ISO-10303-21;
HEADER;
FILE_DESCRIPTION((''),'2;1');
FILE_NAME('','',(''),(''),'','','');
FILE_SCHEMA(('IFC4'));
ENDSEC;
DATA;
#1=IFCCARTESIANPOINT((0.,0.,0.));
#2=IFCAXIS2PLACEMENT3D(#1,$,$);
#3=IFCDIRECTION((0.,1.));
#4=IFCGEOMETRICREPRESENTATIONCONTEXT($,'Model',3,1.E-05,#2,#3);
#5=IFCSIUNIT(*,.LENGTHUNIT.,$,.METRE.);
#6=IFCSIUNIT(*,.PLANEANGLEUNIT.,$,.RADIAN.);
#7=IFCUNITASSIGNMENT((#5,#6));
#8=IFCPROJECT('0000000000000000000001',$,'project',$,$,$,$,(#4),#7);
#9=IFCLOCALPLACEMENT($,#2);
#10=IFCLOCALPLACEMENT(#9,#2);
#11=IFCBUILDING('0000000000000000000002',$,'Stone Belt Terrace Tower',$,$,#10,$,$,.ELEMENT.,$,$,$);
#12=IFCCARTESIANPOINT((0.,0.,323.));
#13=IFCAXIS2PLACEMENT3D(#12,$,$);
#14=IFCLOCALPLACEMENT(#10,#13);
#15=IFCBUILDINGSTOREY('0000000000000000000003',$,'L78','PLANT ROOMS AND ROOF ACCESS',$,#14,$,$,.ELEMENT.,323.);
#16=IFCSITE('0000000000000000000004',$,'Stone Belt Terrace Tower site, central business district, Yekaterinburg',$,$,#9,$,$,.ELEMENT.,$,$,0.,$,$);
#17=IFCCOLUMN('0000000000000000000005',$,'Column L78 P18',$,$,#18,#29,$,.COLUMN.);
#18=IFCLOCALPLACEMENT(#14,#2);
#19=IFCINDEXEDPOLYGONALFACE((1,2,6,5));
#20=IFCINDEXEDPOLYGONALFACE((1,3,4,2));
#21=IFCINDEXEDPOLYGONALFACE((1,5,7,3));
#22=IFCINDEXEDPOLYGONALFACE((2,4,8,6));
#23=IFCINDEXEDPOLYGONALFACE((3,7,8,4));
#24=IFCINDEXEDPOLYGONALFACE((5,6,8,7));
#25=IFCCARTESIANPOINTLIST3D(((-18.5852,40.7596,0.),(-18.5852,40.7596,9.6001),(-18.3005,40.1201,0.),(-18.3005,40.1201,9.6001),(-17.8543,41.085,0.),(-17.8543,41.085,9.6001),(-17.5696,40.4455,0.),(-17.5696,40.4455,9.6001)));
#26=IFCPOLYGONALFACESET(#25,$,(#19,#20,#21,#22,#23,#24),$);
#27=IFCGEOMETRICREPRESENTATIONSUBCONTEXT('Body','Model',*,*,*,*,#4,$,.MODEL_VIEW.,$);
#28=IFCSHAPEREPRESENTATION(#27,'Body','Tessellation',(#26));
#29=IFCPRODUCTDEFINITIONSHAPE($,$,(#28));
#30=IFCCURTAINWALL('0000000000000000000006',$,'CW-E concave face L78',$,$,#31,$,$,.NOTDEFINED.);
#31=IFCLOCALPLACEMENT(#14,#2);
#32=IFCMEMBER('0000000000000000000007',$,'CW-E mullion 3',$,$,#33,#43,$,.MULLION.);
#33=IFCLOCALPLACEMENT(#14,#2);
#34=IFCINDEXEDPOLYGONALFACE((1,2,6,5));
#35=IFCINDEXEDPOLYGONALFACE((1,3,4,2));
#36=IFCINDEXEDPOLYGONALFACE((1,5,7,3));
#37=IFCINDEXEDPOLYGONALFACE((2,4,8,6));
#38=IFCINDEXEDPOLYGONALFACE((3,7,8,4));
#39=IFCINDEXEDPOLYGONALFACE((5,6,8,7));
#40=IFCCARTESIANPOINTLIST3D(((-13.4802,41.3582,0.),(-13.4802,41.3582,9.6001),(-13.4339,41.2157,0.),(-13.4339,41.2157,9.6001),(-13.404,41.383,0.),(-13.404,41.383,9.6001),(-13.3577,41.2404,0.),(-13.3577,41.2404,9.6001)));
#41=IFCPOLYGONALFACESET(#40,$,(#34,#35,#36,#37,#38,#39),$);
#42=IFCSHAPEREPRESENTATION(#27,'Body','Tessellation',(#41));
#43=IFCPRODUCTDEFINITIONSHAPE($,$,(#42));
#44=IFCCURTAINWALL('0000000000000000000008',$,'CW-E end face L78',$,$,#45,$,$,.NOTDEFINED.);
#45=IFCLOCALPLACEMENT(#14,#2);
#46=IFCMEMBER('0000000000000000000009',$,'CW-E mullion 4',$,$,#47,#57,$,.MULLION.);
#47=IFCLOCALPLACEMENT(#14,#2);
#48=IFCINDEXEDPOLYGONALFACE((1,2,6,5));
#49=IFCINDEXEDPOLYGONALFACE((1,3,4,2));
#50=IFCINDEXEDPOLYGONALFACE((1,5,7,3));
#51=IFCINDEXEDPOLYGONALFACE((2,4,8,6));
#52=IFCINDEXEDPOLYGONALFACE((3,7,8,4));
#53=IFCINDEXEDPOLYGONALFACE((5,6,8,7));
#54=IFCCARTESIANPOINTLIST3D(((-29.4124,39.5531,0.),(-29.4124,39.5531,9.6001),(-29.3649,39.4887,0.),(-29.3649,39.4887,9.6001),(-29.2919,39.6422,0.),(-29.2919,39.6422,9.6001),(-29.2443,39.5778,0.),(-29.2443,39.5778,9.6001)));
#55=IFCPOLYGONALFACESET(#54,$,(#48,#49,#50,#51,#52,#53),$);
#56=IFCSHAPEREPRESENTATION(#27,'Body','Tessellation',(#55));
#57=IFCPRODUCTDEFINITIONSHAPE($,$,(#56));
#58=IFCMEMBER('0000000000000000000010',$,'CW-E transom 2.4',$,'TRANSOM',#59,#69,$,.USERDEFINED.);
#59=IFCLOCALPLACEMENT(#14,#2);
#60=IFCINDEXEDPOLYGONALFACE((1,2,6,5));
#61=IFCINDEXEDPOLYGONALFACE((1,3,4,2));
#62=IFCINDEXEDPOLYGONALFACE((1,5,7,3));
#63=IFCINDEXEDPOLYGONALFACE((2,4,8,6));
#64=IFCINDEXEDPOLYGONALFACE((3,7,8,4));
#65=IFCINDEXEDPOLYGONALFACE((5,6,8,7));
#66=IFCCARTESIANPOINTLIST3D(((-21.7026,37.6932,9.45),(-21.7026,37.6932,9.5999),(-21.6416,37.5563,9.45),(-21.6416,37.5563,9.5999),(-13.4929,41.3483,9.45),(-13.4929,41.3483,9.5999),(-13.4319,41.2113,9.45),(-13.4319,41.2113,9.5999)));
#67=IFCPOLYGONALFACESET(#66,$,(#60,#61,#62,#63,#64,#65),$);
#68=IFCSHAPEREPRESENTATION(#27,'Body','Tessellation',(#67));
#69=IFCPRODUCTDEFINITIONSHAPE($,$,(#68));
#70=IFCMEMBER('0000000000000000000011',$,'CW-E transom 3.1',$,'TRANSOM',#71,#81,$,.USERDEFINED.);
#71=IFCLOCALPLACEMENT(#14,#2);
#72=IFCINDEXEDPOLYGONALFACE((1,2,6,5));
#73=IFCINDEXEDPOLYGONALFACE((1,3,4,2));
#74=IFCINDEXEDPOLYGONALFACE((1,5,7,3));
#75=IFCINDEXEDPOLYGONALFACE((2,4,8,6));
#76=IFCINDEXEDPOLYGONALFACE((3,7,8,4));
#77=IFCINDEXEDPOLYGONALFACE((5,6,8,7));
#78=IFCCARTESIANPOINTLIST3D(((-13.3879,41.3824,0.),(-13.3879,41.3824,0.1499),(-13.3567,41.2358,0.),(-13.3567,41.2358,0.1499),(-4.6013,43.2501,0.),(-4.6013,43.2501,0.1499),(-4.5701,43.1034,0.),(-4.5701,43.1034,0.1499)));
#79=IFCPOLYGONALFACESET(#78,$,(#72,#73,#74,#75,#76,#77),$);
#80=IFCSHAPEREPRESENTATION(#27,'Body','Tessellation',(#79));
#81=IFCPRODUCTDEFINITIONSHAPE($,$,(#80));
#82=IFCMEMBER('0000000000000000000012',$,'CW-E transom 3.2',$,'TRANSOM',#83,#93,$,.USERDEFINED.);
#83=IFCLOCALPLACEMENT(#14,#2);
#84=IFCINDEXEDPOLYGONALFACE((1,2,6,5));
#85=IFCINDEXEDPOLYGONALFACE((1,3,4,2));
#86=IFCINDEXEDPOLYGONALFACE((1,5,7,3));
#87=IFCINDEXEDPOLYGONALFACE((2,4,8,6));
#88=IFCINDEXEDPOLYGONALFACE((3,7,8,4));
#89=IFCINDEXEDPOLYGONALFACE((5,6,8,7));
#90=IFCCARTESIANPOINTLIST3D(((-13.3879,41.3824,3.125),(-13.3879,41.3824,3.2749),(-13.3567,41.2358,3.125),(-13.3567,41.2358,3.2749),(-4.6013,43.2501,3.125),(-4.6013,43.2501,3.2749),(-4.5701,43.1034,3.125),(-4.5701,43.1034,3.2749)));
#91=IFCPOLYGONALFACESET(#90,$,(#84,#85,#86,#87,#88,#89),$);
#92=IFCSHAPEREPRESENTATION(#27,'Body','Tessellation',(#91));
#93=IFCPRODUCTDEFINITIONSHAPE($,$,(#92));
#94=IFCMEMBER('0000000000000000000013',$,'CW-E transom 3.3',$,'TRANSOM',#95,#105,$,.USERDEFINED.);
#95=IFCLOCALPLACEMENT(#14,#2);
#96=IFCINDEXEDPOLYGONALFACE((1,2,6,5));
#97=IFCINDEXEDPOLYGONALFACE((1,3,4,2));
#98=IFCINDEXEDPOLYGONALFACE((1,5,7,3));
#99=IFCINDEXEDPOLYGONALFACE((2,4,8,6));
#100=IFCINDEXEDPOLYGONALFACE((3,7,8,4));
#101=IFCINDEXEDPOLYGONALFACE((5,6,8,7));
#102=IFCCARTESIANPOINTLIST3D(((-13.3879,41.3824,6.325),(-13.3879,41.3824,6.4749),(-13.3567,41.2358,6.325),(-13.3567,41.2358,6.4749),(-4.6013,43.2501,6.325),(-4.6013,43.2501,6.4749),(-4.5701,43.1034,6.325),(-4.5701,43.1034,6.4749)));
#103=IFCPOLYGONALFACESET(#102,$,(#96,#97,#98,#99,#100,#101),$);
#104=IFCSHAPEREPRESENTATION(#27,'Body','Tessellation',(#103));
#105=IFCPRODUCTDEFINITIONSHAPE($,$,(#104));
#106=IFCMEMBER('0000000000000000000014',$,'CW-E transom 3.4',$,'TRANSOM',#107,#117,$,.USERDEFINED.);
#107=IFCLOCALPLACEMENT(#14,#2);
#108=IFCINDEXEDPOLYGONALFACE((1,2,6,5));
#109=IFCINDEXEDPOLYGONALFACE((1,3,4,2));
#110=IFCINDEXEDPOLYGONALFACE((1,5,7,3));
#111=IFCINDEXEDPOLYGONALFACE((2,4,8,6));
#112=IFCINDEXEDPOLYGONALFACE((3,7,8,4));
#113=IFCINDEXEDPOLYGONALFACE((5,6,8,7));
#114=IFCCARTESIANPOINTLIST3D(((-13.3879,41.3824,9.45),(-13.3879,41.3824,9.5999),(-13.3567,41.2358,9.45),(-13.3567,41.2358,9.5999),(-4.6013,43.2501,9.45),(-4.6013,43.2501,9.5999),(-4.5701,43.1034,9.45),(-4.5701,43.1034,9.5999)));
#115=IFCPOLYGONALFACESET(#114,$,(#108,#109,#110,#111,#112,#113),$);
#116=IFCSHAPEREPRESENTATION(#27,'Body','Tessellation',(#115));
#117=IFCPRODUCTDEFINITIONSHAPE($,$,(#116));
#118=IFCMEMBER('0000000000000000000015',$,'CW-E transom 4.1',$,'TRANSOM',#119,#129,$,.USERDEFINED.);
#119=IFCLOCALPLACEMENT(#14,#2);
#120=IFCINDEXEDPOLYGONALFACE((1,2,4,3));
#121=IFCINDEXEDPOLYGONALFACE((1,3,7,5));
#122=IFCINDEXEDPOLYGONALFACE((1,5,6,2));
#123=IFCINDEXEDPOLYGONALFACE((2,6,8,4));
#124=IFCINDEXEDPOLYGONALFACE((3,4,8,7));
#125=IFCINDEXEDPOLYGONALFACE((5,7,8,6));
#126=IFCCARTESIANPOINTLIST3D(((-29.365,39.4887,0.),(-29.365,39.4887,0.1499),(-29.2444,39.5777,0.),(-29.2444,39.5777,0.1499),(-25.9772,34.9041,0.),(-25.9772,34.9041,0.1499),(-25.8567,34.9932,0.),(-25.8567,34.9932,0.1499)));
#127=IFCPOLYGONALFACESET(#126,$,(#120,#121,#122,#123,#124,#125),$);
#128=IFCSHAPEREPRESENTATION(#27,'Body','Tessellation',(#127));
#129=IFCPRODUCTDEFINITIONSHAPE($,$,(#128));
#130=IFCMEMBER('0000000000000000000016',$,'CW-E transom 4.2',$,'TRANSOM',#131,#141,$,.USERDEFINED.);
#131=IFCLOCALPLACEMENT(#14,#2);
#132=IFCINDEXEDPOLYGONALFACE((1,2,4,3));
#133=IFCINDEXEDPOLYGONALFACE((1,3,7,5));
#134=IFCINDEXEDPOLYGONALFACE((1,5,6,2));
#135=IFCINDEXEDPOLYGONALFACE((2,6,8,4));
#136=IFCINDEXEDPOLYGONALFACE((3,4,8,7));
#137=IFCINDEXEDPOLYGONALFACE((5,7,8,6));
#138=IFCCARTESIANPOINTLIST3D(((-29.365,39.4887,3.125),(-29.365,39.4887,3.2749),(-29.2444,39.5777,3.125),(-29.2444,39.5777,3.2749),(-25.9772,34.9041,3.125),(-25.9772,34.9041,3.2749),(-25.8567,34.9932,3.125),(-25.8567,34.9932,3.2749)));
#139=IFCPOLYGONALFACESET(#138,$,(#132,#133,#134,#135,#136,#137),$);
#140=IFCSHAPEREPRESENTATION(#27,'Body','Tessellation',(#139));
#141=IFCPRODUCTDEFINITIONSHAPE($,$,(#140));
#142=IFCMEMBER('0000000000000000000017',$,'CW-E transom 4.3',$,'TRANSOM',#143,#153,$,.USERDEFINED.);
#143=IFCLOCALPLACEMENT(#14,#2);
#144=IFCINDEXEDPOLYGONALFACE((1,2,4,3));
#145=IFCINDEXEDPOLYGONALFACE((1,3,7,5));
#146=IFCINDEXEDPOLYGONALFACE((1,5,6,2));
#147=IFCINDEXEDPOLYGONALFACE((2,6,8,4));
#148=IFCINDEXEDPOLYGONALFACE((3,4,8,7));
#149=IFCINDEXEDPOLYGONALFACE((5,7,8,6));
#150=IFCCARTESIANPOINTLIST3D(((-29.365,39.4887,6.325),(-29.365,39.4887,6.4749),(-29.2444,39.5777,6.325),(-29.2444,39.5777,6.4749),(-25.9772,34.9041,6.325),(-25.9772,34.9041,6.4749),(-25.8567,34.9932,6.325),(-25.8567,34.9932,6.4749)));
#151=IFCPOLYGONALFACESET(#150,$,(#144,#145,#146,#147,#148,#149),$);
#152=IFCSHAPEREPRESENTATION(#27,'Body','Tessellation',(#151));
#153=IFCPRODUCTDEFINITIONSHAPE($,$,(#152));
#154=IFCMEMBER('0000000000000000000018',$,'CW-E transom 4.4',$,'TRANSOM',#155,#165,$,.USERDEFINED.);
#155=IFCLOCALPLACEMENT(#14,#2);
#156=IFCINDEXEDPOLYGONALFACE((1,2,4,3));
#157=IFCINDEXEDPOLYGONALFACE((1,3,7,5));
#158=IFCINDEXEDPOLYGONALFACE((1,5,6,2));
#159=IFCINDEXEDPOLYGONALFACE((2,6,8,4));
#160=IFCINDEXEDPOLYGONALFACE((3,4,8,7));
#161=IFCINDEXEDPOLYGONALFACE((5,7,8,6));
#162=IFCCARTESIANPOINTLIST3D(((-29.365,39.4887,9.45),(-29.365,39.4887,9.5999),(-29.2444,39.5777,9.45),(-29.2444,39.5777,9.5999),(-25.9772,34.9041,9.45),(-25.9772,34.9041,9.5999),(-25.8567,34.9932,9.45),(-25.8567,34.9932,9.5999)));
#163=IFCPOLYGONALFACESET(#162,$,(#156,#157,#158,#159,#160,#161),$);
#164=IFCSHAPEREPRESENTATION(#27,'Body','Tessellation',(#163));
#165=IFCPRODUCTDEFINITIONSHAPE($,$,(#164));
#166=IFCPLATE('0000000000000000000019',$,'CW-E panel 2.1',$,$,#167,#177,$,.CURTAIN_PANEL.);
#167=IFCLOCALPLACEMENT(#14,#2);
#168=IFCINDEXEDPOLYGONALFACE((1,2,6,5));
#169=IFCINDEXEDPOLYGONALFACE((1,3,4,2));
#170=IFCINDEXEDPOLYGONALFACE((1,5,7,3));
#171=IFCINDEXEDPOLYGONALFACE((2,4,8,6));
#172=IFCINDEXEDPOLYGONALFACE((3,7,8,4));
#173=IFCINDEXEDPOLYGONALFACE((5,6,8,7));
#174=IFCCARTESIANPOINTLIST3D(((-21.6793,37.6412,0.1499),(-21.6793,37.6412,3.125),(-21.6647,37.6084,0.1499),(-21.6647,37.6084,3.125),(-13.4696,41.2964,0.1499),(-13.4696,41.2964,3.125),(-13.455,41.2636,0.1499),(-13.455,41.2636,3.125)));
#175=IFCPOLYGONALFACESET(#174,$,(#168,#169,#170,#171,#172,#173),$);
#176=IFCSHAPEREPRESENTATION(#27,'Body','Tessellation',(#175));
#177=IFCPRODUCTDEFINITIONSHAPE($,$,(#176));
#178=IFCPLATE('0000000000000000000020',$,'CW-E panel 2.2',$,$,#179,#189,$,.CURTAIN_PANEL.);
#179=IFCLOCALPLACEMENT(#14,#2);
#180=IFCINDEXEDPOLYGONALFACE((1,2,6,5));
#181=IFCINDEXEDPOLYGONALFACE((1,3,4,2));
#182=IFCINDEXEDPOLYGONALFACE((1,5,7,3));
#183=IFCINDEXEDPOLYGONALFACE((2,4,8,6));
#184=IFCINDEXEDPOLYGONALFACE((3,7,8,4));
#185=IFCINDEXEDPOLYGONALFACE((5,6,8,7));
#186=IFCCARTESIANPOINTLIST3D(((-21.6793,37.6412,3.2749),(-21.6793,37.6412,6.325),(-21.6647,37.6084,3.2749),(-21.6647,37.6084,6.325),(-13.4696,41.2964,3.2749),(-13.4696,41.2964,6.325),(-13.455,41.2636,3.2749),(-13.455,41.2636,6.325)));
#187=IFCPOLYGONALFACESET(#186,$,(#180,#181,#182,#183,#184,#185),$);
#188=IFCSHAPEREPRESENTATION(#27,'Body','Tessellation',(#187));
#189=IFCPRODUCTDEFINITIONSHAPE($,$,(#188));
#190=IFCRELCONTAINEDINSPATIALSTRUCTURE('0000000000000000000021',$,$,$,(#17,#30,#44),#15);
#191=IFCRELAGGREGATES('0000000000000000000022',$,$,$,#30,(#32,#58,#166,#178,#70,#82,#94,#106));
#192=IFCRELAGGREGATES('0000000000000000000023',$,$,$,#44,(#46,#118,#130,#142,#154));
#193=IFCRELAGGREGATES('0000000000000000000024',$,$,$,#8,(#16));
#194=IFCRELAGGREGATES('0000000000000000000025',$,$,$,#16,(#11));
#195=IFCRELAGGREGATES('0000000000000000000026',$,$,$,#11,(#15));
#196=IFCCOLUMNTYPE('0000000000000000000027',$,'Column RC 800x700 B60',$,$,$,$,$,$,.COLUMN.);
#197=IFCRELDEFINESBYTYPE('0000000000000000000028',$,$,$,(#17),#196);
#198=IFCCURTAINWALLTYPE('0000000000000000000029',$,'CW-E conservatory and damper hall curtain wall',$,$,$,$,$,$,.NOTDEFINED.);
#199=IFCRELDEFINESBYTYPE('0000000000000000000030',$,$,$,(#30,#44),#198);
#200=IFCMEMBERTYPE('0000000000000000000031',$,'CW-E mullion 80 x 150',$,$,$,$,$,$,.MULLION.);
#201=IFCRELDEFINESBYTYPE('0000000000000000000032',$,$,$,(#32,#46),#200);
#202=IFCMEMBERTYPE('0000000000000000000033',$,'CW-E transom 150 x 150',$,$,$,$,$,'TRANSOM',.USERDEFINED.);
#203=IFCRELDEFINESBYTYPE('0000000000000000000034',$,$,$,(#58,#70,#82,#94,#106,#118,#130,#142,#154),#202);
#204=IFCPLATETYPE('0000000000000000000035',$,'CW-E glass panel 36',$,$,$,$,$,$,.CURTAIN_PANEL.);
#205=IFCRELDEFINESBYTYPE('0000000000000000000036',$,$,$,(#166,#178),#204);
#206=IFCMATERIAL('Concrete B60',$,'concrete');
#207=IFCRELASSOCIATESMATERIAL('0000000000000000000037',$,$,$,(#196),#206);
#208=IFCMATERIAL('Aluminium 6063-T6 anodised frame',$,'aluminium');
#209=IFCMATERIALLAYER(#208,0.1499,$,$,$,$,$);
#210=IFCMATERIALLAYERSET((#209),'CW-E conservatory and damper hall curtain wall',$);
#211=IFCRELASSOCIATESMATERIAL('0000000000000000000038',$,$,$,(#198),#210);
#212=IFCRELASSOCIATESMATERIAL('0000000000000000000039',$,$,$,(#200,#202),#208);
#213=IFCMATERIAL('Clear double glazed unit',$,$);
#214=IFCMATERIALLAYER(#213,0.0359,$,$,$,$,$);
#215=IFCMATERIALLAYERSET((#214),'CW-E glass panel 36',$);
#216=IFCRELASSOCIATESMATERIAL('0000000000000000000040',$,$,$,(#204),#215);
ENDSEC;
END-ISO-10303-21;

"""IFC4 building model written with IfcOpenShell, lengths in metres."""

from ifc_helpers import new_model, si_unit, direction, frame, origin, origin_2d, place, context, subcontext, project, spatial, rectangle, extrude, material, layer, layer_set, material_profile, profile_set, type_object, element, aggregate, save


model = new_model("IFC4")

# Units and contexts
model_context = context("Model", 3, precision=1e-05, world=origin(), true_north=direction((0.0, 1.0)))
body_context = subcontext(model_context, "Body", "Model", "MODEL_VIEW")
ifc_project = project(units=[si_unit("LENGTHUNIT", "METRE"), si_unit("PLANEANGLEUNIT", "RADIAN")], contexts=[model_context])

# Site, building, storey
site_placement = place(None, origin())
site = spatial("IfcSite", under=ifc_project, at=site_placement, Name="Stone Belt Terrace Tower site, central business district, Yekaterinburg", CompositionType="ELEMENT", RefElevation=0.0)
building_placement = place(site_placement, origin())
building = spatial("IfcBuilding", under=site, at=building_placement, Name="Stone Belt Terrace Tower", CompositionType="ELEMENT")
storey_placement = place(building_placement, frame((0.0, 0.0, 323.0)))
storey = spatial("IfcBuildingStorey", under=building, at=storey_placement, Name="L78", Description="PLANT ROOMS AND ROOF ACCESS", CompositionType="ELEMENT", Elevation=323.0)

# Column
ifc_material_1 = material(Name="Concrete B60", Category="concrete")
ifc_material_profile_1 = material_profile(ifc_material_1, rectangle(XDim=0.8, YDim=0.7, at=origin_2d()), Name="RC 800x700")
ifc_profile_set_1 = profile_set([ifc_material_profile_1], Name="Concrete B60")
column_type = type_object("IfcColumnType", Name="Column RC 800x700 B60", PredefinedType="COLUMN", material=ifc_profile_set_1)
column_placement = place(storey_placement, frame((-18.0774, 40.6025, 0.0), z_axis=(0.0, 0.0, 1.0), x_axis=(0.913545, 0.406737, 0.0)))
element("IfcColumn", 1, at=column_placement, inside=storey, type_object=column_type, Name="Column L78 P18", PredefinedType="COLUMN", context=body_context, shape_type="SweptSolid", body=[
    extrude(rectangle(XDim=0.8, YDim=0.7, at=origin_2d()), origin(), (0.0, 0.0, 1.0), 9.6001),
])

# Curtain walls, members
ifc_material_2 = material(Name="Aluminium 6063-T6 anodised frame", Category="aluminium")
ifc_layer_1 = layer(ifc_material_2, 0.1499)
ifc_layer_set_1 = layer_set([ifc_layer_1], Name="CW-E conservatory and damper hall curtain wall")
curtain_wall_type = type_object("IfcCurtainWallType", Name="CW-E conservatory and damper hall curtain wall", PredefinedType="NOTDEFINED", material=ifc_layer_set_1)
curtain_wall_1_placement = place(storey_placement, origin())
curtain_wall_1 = element("IfcCurtainWall", 2, at=curtain_wall_1_placement, inside=storey, type_object=curtain_wall_type, Name="CW-E concave face L78", PredefinedType="NOTDEFINED")
ifc_material_profile_2 = material_profile(ifc_material_2, rectangle(XDim=0.1499, YDim=0.0801, at=origin_2d()), Name="Aluminium 6063-T6 80x150")
ifc_profile_set_2 = profile_set([ifc_material_profile_2], Name="Aluminium 6063-T6 anodised frame")
member_type_1 = type_object("IfcMemberType", Name="CW-E mullion 80 x 150", PredefinedType="MULLION", material=ifc_profile_set_2)
member_1_placement = place(storey_placement, frame((-13.4189, 41.2993, 0.0), z_axis=(0.0, 0.0, 1.0), x_axis=(-0.309017, 0.951057, 0.0)))
member_1 = element("IfcMember", 3, at=member_1_placement, type_object=member_type_1, Name="CW-E mullion 3", PredefinedType="MULLION", context=body_context, shape_type="SweptSolid", body=[
    extrude(rectangle(XDim=0.1499, YDim=0.0801, at=origin_2d()), origin(), (0.0, 0.0, 1.0), 9.6001),
])
curtain_wall_2_placement = place(storey_placement, origin())
curtain_wall_2 = element("IfcCurtainWall", 4, at=curtain_wall_2_placement, inside=storey, type_object=curtain_wall_type, Name="CW-E end face L78", PredefinedType="NOTDEFINED")
member_2_placement = place(storey_placement, frame((-29.3284, 39.5654, 0.0), z_axis=(0.0, 0.0, 1.0), x_axis=(0.804262, 0.594275, 0.0)))
member_2 = element("IfcMember", 5, at=member_2_placement, type_object=member_type_1, Name="CW-E mullion 4", PredefinedType="MULLION", context=body_context, shape_type="SweptSolid", body=[
    extrude(rectangle(XDim=0.1499, YDim=0.0801, at=origin_2d()), origin(), (0.0, 0.0, 1.0), 9.6001),
])

# Members
ifc_material_profile_3 = material_profile(ifc_material_2, rectangle(XDim=0.1499, YDim=0.1499, at=origin_2d()), Name="Aluminium 6063-T6 150x150")
ifc_profile_set_3 = profile_set([ifc_material_profile_3], Name="Aluminium 6063-T6 anodised frame")
member_type_2 = type_object("IfcMemberType", Name="CW-E transom 150 x 150", ElementType="TRANSOM", PredefinedType="USERDEFINED", material=ifc_profile_set_3)
member_3_placement = place(storey_placement, frame((-21.6721, 37.6248, 9.5249), z_axis=(0.913553, 0.406721, 0.0), x_axis=(-0.406721, 0.913553, 0.0)))
member_3 = element("IfcMember", 6, at=member_3_placement, type_object=member_type_2, Name="CW-E transom 2.4", ObjectType="TRANSOM", PredefinedType="USERDEFINED", context=body_context, shape_type="SweptSolid", body=[
    extrude(rectangle(XDim=0.1499, YDim=0.1499, at=origin_2d()), origin(), (0.0, 0.0, 1.0), 8.9866),
])
member_4_placement = place(storey_placement, frame((-13.3723, 41.3091, 0.075), z_axis=(0.978147, 0.207914, 0.0), x_axis=(-0.207914, 0.978147, 0.0)))
member_4 = element("IfcMember", 7, at=member_4_placement, type_object=member_type_2, Name="CW-E transom 3.1", ObjectType="TRANSOM", PredefinedType="USERDEFINED", context=body_context, shape_type="SweptSolid", body=[
    extrude(rectangle(XDim=0.1499, YDim=0.1499, at=origin_2d()), origin(), (0.0, 0.0, 1.0), 8.9829),
])
member_5_placement = place(storey_placement, frame((-13.3723, 41.3091, 3.2), z_axis=(0.978147, 0.207914, 0.0), x_axis=(-0.207914, 0.978147, 0.0)))
member_5 = element("IfcMember", 8, at=member_5_placement, type_object=member_type_2, Name="CW-E transom 3.2", ObjectType="TRANSOM", PredefinedType="USERDEFINED", context=body_context, shape_type="SweptSolid", body=[
    extrude(rectangle(XDim=0.1499, YDim=0.1499, at=origin_2d()), origin(), (0.0, 0.0, 1.0), 8.9829),
])
member_6_placement = place(storey_placement, frame((-13.3723, 41.3091, 6.3999), z_axis=(0.978147, 0.207914, 0.0), x_axis=(-0.207914, 0.978147, 0.0)))
member_6 = element("IfcMember", 9, at=member_6_placement, type_object=member_type_2, Name="CW-E transom 3.3", ObjectType="TRANSOM", PredefinedType="USERDEFINED", context=body_context, shape_type="SweptSolid", body=[
    extrude(rectangle(XDim=0.1499, YDim=0.1499, at=origin_2d()), origin(), (0.0, 0.0, 1.0), 8.9829),
])
member_7_placement = place(storey_placement, frame((-13.3723, 41.3091, 9.5249), z_axis=(0.978147, 0.207914, 0.0), x_axis=(-0.207914, 0.978147, 0.0)))
member_7 = element("IfcMember", 10, at=member_7_placement, type_object=member_type_2, Name="CW-E transom 3.4", ObjectType="TRANSOM", PredefinedType="USERDEFINED", context=body_context, shape_type="SweptSolid", body=[
    extrude(rectangle(XDim=0.1499, YDim=0.1499, at=origin_2d()), origin(), (0.0, 0.0, 1.0), 8.9829),
])
member_8_placement = place(storey_placement, frame((-29.3047, 39.5332, 0.075), z_axis=(0.594297, -0.804246, 0.0), x_axis=(0.804246, 0.594297, 0.0)))
member_8 = element("IfcMember", 11, at=member_8_placement, type_object=member_type_2, Name="CW-E transom 4.1", ObjectType="TRANSOM", PredefinedType="USERDEFINED", context=body_context, shape_type="SweptSolid", body=[
    extrude(rectangle(XDim=0.1499, YDim=0.1499, at=origin_2d()), origin(), (0.0, 0.0, 1.0), 5.7004),
])
member_9_placement = place(storey_placement, frame((-29.3047, 39.5332, 3.2), z_axis=(0.594297, -0.804246, 0.0), x_axis=(0.804246, 0.594297, 0.0)))
member_9 = element("IfcMember", 12, at=member_9_placement, type_object=member_type_2, Name="CW-E transom 4.2", ObjectType="TRANSOM", PredefinedType="USERDEFINED", context=body_context, shape_type="SweptSolid", body=[
    extrude(rectangle(XDim=0.1499, YDim=0.1499, at=origin_2d()), origin(), (0.0, 0.0, 1.0), 5.7004),
])
member_10_placement = place(storey_placement, frame((-29.3047, 39.5332, 6.3999), z_axis=(0.594297, -0.804246, 0.0), x_axis=(0.804246, 0.594297, 0.0)))
member_10 = element("IfcMember", 13, at=member_10_placement, type_object=member_type_2, Name="CW-E transom 4.3", ObjectType="TRANSOM", PredefinedType="USERDEFINED", context=body_context, shape_type="SweptSolid", body=[
    extrude(rectangle(XDim=0.1499, YDim=0.1499, at=origin_2d()), origin(), (0.0, 0.0, 1.0), 5.7004),
])
member_11_placement = place(storey_placement, frame((-29.3047, 39.5332, 9.5249), z_axis=(0.594297, -0.804246, 0.0), x_axis=(0.804246, 0.594297, 0.0)))
member_11 = element("IfcMember", 14, at=member_11_placement, type_object=member_type_2, Name="CW-E transom 4.4", ObjectType="TRANSOM", PredefinedType="USERDEFINED", context=body_context, shape_type="SweptSolid", body=[
    extrude(rectangle(XDim=0.1499, YDim=0.1499, at=origin_2d()), origin(), (0.0, 0.0, 1.0), 5.7004),
])

# Plates
ifc_material_3 = material(Name="Clear double glazed unit")
ifc_layer_2 = layer(ifc_material_3, 0.0359)
ifc_layer_set_2 = layer_set([ifc_layer_2], Name="CW-E glass panel 36")
plate_type = type_object("IfcPlateType", Name="CW-E glass panel 36", PredefinedType="CURTAIN_PANEL", material=ifc_layer_set_2)
plate_1_placement = place(storey_placement, frame((-17.5671, 39.4524, 0.1499), z_axis=(0.0, 0.0, 1.0), x_axis=(0.913545, 0.406737, 0.0)))
plate_1 = element("IfcPlate", 15, at=plate_1_placement, type_object=plate_type, Name="CW-E panel 2.1", PredefinedType="CURTAIN_PANEL", context=body_context, shape_type="SweptSolid", body=[
    extrude(rectangle(XDim=8.9866, YDim=0.0359, at=origin_2d()), origin(), (0.0, 0.0, 1.0), 2.9751),
])
plate_2_placement = place(storey_placement, frame((-17.5671, 39.4524, 3.2749), z_axis=(0.0, 0.0, 1.0), x_axis=(0.913545, 0.406737, 0.0)))
plate_2 = element("IfcPlate", 16, at=plate_2_placement, type_object=plate_type, Name="CW-E panel 2.2", PredefinedType="CURTAIN_PANEL", context=body_context, shape_type="SweptSolid", body=[
    extrude(rectangle(XDim=8.9866, YDim=0.0359, at=origin_2d()), origin(), (0.0, 0.0, 1.0), 3.05),
])
aggregate(curtain_wall_1, [member_1, member_3, plate_1, plate_2, member_4, member_5, member_6, member_7])
aggregate(curtain_wall_2, [member_2, member_8, member_9, member_10, member_11])

save(model, "model.ifc")
